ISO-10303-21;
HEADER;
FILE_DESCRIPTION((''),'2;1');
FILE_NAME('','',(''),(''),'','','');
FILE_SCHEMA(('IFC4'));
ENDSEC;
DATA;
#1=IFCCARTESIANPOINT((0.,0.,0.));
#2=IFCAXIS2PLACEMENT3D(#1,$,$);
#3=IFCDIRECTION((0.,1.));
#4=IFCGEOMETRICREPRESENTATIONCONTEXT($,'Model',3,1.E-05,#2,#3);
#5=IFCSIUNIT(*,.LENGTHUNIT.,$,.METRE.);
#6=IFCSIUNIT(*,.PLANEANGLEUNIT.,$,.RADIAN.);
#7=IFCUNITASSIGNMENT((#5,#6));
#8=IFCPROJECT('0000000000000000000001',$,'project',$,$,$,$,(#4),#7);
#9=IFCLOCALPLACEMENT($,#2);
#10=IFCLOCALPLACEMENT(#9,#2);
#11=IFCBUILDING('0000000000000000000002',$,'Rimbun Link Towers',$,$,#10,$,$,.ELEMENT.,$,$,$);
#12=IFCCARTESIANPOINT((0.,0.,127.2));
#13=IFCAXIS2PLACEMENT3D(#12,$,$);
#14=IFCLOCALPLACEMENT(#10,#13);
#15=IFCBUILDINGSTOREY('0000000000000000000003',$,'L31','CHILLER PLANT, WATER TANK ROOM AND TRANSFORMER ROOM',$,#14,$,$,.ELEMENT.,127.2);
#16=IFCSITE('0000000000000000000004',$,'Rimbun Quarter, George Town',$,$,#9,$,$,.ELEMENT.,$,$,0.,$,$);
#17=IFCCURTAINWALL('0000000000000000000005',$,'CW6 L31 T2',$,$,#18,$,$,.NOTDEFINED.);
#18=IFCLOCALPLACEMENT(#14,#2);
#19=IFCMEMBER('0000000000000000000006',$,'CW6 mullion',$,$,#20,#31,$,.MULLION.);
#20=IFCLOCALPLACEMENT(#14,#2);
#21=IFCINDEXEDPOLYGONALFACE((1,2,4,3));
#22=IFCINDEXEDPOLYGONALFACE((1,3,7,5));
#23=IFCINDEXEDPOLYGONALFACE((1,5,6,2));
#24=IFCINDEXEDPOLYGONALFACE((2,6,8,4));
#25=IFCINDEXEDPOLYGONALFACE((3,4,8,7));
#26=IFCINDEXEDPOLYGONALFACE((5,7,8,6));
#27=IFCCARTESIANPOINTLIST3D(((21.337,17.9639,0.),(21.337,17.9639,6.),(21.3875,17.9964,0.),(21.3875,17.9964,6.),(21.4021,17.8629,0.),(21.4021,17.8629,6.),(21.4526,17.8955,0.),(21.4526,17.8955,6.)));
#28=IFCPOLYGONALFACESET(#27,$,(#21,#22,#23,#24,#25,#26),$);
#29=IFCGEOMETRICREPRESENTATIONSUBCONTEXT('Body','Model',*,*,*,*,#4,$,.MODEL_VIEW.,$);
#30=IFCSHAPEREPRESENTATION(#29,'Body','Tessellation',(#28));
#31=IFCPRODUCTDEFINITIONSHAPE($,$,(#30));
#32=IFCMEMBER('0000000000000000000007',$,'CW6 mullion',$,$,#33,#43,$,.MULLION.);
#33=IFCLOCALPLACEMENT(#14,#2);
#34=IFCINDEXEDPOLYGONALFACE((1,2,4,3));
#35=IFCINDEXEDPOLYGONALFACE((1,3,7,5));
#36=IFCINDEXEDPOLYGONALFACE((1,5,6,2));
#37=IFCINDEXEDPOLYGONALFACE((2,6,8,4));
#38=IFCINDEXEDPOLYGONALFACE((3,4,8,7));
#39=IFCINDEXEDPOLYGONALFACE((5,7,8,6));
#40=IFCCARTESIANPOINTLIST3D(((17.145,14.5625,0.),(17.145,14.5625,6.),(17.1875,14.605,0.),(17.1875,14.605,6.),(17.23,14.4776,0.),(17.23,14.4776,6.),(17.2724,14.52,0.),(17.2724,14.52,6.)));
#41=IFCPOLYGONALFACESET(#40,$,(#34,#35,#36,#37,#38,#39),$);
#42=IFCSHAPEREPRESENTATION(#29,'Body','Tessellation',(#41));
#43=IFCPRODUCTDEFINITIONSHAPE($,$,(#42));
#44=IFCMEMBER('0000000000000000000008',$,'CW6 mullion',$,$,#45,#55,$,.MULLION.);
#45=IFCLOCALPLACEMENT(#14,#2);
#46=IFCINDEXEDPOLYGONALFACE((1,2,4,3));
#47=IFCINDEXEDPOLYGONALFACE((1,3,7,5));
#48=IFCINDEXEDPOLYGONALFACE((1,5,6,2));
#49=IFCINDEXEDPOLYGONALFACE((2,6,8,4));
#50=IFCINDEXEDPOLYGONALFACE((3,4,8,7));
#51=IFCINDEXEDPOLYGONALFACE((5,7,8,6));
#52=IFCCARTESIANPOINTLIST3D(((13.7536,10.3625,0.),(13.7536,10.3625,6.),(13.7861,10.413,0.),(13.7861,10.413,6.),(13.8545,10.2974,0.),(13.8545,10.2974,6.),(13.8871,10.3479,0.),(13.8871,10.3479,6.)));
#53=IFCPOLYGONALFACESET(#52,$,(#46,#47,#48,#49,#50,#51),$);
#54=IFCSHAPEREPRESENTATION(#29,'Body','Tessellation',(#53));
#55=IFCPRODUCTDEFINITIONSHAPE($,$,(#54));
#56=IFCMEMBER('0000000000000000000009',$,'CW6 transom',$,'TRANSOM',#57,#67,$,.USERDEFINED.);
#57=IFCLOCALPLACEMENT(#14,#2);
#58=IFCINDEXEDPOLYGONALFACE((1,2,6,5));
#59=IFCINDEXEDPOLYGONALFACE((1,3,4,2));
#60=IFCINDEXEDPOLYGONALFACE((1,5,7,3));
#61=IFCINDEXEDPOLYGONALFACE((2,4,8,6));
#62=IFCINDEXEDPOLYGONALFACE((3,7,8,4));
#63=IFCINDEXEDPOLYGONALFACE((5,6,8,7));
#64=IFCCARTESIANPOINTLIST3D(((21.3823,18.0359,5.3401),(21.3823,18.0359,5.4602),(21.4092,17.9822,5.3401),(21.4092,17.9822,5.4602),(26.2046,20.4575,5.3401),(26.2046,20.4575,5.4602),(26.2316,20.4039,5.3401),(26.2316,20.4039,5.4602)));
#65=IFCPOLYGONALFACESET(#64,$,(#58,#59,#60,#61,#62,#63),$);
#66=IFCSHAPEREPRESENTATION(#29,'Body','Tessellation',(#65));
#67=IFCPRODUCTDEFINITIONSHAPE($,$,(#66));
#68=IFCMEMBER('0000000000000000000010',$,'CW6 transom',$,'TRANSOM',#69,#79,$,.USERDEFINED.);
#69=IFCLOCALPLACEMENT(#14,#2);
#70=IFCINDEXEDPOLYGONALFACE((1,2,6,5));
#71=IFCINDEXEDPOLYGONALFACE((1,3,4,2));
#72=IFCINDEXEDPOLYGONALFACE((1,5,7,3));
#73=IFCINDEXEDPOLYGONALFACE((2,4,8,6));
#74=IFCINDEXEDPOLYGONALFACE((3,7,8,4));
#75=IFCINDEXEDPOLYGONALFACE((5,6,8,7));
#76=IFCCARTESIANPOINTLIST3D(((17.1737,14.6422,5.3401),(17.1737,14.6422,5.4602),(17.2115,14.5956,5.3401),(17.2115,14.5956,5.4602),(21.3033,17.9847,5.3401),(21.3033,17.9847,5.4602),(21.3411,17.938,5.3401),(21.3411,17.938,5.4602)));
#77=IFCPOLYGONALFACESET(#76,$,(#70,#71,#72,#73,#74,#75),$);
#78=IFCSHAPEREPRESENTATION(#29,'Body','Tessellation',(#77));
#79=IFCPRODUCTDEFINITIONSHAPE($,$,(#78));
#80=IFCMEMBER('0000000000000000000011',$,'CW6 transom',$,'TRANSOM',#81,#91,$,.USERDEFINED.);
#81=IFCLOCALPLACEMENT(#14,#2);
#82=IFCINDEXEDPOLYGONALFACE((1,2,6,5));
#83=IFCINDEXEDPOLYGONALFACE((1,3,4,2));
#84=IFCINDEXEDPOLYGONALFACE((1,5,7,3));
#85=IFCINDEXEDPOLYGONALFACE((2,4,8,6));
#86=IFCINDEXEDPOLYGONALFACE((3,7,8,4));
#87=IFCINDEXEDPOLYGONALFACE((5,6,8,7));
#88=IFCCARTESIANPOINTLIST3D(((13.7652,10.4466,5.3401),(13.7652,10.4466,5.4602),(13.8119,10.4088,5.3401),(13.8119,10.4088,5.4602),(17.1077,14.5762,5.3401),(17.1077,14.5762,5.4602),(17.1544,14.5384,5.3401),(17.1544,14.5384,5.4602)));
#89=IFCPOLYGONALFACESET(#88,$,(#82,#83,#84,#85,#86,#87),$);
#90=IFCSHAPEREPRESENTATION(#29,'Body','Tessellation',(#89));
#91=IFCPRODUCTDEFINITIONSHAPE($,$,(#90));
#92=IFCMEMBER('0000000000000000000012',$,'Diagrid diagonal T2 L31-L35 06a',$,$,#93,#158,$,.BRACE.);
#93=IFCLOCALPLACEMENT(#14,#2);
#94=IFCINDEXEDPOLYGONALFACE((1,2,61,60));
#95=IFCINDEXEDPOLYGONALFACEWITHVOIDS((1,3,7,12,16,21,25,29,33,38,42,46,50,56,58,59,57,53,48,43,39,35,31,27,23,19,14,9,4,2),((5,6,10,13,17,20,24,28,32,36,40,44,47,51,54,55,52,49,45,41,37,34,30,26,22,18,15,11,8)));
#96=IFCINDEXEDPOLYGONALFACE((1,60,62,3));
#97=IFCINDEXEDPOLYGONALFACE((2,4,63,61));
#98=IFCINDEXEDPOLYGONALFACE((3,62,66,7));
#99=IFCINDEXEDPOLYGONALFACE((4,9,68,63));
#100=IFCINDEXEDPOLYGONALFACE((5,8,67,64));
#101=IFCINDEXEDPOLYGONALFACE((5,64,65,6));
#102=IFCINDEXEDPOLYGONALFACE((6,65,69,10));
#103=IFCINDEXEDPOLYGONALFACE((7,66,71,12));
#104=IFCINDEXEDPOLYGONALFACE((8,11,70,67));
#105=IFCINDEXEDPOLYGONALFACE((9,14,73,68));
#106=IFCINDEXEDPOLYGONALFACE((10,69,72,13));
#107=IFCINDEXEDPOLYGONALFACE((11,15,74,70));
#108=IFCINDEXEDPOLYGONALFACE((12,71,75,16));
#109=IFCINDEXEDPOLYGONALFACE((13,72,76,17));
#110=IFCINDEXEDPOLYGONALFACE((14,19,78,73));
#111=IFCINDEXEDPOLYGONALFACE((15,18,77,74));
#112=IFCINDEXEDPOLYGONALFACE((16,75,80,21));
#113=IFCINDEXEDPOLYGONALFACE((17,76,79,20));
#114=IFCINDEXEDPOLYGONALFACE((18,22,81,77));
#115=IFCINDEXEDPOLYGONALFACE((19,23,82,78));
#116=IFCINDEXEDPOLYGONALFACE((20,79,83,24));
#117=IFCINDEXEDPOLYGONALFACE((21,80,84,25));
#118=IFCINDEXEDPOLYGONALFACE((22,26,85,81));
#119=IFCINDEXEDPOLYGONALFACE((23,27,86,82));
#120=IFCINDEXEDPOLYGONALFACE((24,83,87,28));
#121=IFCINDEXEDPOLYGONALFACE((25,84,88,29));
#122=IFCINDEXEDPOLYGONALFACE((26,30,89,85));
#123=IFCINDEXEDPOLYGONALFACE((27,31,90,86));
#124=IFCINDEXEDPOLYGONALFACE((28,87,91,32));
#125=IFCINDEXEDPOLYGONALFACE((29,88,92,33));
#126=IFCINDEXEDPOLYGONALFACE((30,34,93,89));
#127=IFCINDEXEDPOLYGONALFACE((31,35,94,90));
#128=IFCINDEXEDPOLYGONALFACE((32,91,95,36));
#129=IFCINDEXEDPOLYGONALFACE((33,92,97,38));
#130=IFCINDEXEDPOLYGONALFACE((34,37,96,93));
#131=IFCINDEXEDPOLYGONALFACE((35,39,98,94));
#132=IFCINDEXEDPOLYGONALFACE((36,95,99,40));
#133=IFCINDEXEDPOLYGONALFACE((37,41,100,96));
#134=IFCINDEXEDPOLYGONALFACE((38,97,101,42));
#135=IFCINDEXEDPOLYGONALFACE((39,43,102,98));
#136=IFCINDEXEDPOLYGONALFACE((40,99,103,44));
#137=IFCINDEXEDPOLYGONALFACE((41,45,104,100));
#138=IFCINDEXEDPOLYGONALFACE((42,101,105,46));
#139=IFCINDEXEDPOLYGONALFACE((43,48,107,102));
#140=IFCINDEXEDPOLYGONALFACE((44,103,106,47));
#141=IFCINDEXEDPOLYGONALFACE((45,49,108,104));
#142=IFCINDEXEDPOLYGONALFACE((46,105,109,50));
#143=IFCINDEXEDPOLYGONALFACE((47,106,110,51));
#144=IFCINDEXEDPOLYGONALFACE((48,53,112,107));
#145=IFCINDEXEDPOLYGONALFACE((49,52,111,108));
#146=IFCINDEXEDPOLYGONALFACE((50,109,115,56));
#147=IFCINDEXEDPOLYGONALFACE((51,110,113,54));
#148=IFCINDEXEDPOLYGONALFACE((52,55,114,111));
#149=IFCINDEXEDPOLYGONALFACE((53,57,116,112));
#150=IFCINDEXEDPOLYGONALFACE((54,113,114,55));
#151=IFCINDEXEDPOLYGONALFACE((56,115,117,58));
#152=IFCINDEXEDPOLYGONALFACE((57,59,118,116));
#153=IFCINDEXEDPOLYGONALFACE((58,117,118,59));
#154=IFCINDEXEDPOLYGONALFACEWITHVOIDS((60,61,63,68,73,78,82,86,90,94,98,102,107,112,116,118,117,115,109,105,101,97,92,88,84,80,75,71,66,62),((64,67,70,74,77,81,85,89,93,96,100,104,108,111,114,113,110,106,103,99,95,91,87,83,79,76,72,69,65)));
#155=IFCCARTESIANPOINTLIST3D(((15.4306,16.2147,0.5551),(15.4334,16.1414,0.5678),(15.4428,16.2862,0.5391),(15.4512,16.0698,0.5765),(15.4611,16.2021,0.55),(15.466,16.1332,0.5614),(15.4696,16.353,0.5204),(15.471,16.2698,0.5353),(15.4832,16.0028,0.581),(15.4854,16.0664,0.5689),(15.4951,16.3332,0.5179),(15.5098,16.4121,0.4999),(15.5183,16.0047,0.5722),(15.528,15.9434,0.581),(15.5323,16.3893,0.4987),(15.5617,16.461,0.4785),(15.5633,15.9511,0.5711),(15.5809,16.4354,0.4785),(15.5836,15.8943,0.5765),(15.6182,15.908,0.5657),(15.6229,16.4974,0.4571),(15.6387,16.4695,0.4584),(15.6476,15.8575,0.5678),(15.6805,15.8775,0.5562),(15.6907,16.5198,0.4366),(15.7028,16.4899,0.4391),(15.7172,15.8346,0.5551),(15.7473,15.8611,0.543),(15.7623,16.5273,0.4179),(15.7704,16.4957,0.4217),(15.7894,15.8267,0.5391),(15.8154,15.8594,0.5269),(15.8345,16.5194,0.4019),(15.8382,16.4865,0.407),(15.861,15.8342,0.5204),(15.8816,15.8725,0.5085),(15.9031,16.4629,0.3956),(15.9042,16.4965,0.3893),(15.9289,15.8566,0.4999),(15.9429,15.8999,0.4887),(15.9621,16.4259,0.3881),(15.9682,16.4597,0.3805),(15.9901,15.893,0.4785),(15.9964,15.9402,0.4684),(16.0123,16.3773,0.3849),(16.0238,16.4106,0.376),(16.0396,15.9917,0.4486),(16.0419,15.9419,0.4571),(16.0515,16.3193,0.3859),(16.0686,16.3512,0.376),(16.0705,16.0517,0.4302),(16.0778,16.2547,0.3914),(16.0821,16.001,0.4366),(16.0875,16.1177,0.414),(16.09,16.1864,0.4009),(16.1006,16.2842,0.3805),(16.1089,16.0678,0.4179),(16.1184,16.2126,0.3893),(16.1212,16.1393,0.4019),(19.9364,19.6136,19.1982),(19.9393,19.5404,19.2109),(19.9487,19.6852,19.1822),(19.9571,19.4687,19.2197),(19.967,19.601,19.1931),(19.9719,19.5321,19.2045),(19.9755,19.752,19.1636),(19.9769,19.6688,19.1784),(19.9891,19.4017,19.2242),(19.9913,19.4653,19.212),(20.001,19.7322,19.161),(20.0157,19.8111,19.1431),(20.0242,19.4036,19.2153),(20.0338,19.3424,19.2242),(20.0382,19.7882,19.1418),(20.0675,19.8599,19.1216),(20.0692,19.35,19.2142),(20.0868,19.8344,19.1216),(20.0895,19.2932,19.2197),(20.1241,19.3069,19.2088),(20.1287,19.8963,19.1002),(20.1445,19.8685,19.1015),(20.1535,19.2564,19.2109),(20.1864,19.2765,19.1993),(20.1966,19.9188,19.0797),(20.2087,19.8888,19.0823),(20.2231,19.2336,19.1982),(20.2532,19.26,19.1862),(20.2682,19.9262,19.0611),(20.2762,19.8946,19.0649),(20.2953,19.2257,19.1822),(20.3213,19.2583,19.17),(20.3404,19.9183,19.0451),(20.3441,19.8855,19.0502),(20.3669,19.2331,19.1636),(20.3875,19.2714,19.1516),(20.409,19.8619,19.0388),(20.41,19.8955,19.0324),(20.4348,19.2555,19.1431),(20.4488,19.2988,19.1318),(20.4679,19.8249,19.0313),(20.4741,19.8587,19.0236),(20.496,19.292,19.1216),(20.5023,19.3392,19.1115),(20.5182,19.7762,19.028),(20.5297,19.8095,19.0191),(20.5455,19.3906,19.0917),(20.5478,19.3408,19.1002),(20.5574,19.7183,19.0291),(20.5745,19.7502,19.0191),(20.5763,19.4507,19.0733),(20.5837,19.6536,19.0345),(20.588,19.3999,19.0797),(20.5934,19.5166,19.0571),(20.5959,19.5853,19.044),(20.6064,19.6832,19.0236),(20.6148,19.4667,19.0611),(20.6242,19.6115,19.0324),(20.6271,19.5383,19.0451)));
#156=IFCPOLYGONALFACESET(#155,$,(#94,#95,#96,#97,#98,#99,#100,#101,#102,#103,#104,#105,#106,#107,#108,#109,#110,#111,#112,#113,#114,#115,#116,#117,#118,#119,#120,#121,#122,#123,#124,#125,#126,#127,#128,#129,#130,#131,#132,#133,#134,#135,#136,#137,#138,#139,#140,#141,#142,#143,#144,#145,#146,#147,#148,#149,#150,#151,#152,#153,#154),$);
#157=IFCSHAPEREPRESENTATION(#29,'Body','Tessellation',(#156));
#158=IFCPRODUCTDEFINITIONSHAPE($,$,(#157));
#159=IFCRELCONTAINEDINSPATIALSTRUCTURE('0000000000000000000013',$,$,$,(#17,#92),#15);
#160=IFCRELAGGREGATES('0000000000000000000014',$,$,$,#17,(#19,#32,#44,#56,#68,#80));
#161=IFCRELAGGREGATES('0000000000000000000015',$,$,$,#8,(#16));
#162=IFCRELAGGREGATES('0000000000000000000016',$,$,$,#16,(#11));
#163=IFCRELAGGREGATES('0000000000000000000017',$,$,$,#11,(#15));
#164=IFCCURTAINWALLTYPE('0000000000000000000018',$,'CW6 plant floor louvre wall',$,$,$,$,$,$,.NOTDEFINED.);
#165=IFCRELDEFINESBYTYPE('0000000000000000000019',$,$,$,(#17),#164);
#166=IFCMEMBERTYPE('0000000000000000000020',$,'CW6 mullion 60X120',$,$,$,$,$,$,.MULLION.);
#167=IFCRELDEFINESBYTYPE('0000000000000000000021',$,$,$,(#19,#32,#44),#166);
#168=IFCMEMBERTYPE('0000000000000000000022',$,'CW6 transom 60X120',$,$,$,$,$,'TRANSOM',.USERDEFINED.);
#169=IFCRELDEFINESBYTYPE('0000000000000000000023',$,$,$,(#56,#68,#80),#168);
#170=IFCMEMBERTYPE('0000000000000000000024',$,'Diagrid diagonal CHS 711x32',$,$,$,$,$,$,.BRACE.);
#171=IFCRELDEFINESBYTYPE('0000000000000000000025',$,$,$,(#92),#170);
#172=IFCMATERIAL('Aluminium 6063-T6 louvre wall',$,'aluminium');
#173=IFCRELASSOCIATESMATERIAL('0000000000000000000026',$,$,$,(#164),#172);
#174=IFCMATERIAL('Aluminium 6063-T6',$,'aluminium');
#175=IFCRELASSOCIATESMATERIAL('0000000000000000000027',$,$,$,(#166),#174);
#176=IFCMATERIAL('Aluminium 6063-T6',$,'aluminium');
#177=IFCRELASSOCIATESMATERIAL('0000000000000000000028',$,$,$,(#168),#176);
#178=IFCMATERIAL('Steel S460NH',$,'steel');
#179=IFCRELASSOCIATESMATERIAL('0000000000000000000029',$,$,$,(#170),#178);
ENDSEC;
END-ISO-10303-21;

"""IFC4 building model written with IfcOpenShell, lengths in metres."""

from ifc_helpers import new_model, si_unit, direction, frame, origin, origin_2d, place, context, subcontext, project, spatial, rectangle, hollow_circle, extrude, material, material_profile, profile_set, type_object, element, aggregate, save


model = new_model("IFC4")

# Units and contexts
model_context = context("Model", 3, precision=1e-05, world=origin(), true_north=direction((0.0, 1.0)))
body_context = subcontext(model_context, "Body", "Model", "MODEL_VIEW")
ifc_project = project(units=[si_unit("LENGTHUNIT", "METRE"), si_unit("PLANEANGLEUNIT", "RADIAN")], contexts=[model_context])

# Site, building, storey
site_placement = place(None, origin())
site = spatial("IfcSite", under=ifc_project, at=site_placement, Name="Rimbun Quarter, George Town", CompositionType="ELEMENT", RefElevation=0.0)
building_placement = place(site_placement, origin())
building = spatial("IfcBuilding", under=site, at=building_placement, Name="Rimbun Link Towers", CompositionType="ELEMENT")
storey_placement = place(building_placement, frame((0.0, 0.0, 127.2)))
storey = spatial("IfcBuildingStorey", under=building, at=storey_placement, Name="L31", Description="CHILLER PLANT, WATER TANK ROOM AND TRANSFORMER ROOM", CompositionType="ELEMENT", Elevation=127.2)

# Curtain wall, members
ifc_material_1 = material(Name="Aluminium 6063-T6 louvre wall", Category="aluminium")
curtain_wall_type = type_object("IfcCurtainWallType", Name="CW6 plant floor louvre wall", PredefinedType="NOTDEFINED", material=ifc_material_1)
curtain_wall_placement = place(storey_placement, origin())
curtain_wall = element("IfcCurtainWall", 1, at=curtain_wall_placement, inside=storey, type_object=curtain_wall_type, Name="CW6 L31 T2", PredefinedType="NOTDEFINED")
ifc_material_2 = material(Name="Aluminium 6063-T6", Category="aluminium")
ifc_material_profile_1 = material_profile(ifc_material_2, rectangle(XDim=0.1201, YDim=0.0601, at=origin_2d()), Name="MULLION 60X120")
ifc_profile_set_1 = profile_set([ifc_material_profile_1], Name="Aluminium 6063-T6")
member_type_1 = type_object("IfcMemberType", Name="CW6 mullion 60X120", PredefinedType="MULLION", material=ifc_profile_set_1)
member_1_placement = place(storey_placement, frame((21.3948, 17.9297, 0.0), z_axis=(0.0, 0.0, 1.0), x_axis=(-0.542101, 0.840313, 0.0)))
member_1 = element("IfcMember", 2, at=member_1_placement, type_object=member_type_1, Name="CW6 mullion", PredefinedType="MULLION", context=body_context, shape_type="SweptSolid", body=[
    extrude(rectangle(XDim=0.1201, YDim=0.0601, at=origin_2d()), origin(), (0.0, 0.0, 1.0), 6.0),
])
member_2_placement = place(storey_placement, frame((17.2087, 14.5413, 0.0), z_axis=(0.0, 0.0, 1.0), x_axis=(-0.707107, 0.707107, 0.0)))
member_2 = element("IfcMember", 3, at=member_2_placement, type_object=member_type_1, Name="CW6 mullion", PredefinedType="MULLION", context=body_context, shape_type="SweptSolid", body=[
    extrude(rectangle(XDim=0.1201, YDim=0.0601, at=origin_2d()), origin(), (0.0, 0.0, 1.0), 6.0),
])
member_3_placement = place(storey_placement, frame((13.8203, 10.3552, 0.0), z_axis=(0.0, 0.0, 1.0), x_axis=(-0.840313, 0.542101, 0.0)))
member_3 = element("IfcMember", 4, at=member_3_placement, type_object=member_type_1, Name="CW6 mullion", PredefinedType="MULLION", context=body_context, shape_type="SweptSolid", body=[
    extrude(rectangle(XDim=0.1201, YDim=0.0601, at=origin_2d()), origin(), (0.0, 0.0, 1.0), 6.0),
])
ifc_material_3 = material(Name="Aluminium 6063-T6", Category="aluminium")
ifc_material_profile_2 = material_profile(ifc_material_3, rectangle(XDim=0.0601, YDim=0.1201, at=origin_2d()), Name="TRANSOM 60X120")
ifc_profile_set_2 = profile_set([ifc_material_profile_2], Name="Aluminium 6063-T6")
member_type_2 = type_object("IfcMemberType", Name="CW6 transom 60X120", ElementType="TRANSOM", PredefinedType="USERDEFINED", material=ifc_profile_set_2)
member_4_placement = place(storey_placement, frame((21.3958, 18.009, 5.4001), z_axis=(0.893648, 0.448769, 0.0), x_axis=(-0.448769, 0.893648, 0.0)))
member_4 = element("IfcMember", 5, at=member_4_placement, type_object=member_type_2, Name="CW6 transom", ObjectType="TRANSOM", PredefinedType="USERDEFINED", context=body_context, shape_type="SweptSolid", body=[
    extrude(rectangle(XDim=0.0601, YDim=0.1201, at=origin_2d()), origin(), (0.0, 0.0, 1.0), 5.3962),
])
member_5_placement = place(storey_placement, frame((17.1926, 14.6189, 5.4001), z_axis=(0.777292, 0.62914, 0.0), x_axis=(-0.62914, 0.777292, 0.0)))
member_5 = element("IfcMember", 6, at=member_5_placement, type_object=member_type_2, Name="CW6 transom", ObjectType="TRANSOM", PredefinedType="USERDEFINED", context=body_context, shape_type="SweptSolid", body=[
    extrude(rectangle(XDim=0.0601, YDim=0.1201, at=origin_2d()), origin(), (0.0, 0.0, 1.0), 5.3127),
])
member_6_placement = place(storey_placement, frame((13.7886, 10.4277, 5.4001), z_axis=(0.62914, 0.777292, 0.0), x_axis=(-0.777292, 0.62914, 0.0)))
member_6 = element("IfcMember", 7, at=member_6_placement, type_object=member_type_2, Name="CW6 transom", ObjectType="TRANSOM", PredefinedType="USERDEFINED", context=body_context, shape_type="SweptSolid", body=[
    extrude(rectangle(XDim=0.0601, YDim=0.1201, at=origin_2d()), origin(), (0.0, 0.0, 1.0), 5.3127),
])

# Member
ifc_material_4 = material(Name="Steel S460NH", Category="steel")
ifc_material_profile_3 = material_profile(ifc_material_4, hollow_circle(Radius=0.3557, WallThickness=0.032, at=origin_2d()), Name="Diagrid diagonal CHS 711x32")
ifc_profile_set_3 = profile_set([ifc_material_profile_3], Name="Steel S460NH")
member_type_3 = type_object("IfcMemberType", Name="Diagrid diagonal CHS 711x32", PredefinedType="BRACE", material=ifc_profile_set_3)
for number, where, z_axis, x_axis, name in (
    (8, (15.7759, 16.177, 0.4785), (0.231322, 0.174495, 0.957101), (-0.602212, 0.798336, 0.0), "Diagrid diagonal T2 L31-L35 06a"),
):
    element("IfcMember", number, at=place(storey_placement, frame(where, z_axis=z_axis, x_axis=x_axis)), inside=storey, type_object=member_type_3, Name=name, PredefinedType="BRACE", context=body_context, shape_type="SweptSolid", body=[
        extrude(hollow_circle(Radius=0.3557, WallThickness=0.032, at=origin_2d()), origin(), (0.0, 0.0, 1.0), 19.4788),
    ])

aggregate(curtain_wall, [member_1, member_2, member_3, member_4, member_5, member_6])

save(model, "model.ifc")
